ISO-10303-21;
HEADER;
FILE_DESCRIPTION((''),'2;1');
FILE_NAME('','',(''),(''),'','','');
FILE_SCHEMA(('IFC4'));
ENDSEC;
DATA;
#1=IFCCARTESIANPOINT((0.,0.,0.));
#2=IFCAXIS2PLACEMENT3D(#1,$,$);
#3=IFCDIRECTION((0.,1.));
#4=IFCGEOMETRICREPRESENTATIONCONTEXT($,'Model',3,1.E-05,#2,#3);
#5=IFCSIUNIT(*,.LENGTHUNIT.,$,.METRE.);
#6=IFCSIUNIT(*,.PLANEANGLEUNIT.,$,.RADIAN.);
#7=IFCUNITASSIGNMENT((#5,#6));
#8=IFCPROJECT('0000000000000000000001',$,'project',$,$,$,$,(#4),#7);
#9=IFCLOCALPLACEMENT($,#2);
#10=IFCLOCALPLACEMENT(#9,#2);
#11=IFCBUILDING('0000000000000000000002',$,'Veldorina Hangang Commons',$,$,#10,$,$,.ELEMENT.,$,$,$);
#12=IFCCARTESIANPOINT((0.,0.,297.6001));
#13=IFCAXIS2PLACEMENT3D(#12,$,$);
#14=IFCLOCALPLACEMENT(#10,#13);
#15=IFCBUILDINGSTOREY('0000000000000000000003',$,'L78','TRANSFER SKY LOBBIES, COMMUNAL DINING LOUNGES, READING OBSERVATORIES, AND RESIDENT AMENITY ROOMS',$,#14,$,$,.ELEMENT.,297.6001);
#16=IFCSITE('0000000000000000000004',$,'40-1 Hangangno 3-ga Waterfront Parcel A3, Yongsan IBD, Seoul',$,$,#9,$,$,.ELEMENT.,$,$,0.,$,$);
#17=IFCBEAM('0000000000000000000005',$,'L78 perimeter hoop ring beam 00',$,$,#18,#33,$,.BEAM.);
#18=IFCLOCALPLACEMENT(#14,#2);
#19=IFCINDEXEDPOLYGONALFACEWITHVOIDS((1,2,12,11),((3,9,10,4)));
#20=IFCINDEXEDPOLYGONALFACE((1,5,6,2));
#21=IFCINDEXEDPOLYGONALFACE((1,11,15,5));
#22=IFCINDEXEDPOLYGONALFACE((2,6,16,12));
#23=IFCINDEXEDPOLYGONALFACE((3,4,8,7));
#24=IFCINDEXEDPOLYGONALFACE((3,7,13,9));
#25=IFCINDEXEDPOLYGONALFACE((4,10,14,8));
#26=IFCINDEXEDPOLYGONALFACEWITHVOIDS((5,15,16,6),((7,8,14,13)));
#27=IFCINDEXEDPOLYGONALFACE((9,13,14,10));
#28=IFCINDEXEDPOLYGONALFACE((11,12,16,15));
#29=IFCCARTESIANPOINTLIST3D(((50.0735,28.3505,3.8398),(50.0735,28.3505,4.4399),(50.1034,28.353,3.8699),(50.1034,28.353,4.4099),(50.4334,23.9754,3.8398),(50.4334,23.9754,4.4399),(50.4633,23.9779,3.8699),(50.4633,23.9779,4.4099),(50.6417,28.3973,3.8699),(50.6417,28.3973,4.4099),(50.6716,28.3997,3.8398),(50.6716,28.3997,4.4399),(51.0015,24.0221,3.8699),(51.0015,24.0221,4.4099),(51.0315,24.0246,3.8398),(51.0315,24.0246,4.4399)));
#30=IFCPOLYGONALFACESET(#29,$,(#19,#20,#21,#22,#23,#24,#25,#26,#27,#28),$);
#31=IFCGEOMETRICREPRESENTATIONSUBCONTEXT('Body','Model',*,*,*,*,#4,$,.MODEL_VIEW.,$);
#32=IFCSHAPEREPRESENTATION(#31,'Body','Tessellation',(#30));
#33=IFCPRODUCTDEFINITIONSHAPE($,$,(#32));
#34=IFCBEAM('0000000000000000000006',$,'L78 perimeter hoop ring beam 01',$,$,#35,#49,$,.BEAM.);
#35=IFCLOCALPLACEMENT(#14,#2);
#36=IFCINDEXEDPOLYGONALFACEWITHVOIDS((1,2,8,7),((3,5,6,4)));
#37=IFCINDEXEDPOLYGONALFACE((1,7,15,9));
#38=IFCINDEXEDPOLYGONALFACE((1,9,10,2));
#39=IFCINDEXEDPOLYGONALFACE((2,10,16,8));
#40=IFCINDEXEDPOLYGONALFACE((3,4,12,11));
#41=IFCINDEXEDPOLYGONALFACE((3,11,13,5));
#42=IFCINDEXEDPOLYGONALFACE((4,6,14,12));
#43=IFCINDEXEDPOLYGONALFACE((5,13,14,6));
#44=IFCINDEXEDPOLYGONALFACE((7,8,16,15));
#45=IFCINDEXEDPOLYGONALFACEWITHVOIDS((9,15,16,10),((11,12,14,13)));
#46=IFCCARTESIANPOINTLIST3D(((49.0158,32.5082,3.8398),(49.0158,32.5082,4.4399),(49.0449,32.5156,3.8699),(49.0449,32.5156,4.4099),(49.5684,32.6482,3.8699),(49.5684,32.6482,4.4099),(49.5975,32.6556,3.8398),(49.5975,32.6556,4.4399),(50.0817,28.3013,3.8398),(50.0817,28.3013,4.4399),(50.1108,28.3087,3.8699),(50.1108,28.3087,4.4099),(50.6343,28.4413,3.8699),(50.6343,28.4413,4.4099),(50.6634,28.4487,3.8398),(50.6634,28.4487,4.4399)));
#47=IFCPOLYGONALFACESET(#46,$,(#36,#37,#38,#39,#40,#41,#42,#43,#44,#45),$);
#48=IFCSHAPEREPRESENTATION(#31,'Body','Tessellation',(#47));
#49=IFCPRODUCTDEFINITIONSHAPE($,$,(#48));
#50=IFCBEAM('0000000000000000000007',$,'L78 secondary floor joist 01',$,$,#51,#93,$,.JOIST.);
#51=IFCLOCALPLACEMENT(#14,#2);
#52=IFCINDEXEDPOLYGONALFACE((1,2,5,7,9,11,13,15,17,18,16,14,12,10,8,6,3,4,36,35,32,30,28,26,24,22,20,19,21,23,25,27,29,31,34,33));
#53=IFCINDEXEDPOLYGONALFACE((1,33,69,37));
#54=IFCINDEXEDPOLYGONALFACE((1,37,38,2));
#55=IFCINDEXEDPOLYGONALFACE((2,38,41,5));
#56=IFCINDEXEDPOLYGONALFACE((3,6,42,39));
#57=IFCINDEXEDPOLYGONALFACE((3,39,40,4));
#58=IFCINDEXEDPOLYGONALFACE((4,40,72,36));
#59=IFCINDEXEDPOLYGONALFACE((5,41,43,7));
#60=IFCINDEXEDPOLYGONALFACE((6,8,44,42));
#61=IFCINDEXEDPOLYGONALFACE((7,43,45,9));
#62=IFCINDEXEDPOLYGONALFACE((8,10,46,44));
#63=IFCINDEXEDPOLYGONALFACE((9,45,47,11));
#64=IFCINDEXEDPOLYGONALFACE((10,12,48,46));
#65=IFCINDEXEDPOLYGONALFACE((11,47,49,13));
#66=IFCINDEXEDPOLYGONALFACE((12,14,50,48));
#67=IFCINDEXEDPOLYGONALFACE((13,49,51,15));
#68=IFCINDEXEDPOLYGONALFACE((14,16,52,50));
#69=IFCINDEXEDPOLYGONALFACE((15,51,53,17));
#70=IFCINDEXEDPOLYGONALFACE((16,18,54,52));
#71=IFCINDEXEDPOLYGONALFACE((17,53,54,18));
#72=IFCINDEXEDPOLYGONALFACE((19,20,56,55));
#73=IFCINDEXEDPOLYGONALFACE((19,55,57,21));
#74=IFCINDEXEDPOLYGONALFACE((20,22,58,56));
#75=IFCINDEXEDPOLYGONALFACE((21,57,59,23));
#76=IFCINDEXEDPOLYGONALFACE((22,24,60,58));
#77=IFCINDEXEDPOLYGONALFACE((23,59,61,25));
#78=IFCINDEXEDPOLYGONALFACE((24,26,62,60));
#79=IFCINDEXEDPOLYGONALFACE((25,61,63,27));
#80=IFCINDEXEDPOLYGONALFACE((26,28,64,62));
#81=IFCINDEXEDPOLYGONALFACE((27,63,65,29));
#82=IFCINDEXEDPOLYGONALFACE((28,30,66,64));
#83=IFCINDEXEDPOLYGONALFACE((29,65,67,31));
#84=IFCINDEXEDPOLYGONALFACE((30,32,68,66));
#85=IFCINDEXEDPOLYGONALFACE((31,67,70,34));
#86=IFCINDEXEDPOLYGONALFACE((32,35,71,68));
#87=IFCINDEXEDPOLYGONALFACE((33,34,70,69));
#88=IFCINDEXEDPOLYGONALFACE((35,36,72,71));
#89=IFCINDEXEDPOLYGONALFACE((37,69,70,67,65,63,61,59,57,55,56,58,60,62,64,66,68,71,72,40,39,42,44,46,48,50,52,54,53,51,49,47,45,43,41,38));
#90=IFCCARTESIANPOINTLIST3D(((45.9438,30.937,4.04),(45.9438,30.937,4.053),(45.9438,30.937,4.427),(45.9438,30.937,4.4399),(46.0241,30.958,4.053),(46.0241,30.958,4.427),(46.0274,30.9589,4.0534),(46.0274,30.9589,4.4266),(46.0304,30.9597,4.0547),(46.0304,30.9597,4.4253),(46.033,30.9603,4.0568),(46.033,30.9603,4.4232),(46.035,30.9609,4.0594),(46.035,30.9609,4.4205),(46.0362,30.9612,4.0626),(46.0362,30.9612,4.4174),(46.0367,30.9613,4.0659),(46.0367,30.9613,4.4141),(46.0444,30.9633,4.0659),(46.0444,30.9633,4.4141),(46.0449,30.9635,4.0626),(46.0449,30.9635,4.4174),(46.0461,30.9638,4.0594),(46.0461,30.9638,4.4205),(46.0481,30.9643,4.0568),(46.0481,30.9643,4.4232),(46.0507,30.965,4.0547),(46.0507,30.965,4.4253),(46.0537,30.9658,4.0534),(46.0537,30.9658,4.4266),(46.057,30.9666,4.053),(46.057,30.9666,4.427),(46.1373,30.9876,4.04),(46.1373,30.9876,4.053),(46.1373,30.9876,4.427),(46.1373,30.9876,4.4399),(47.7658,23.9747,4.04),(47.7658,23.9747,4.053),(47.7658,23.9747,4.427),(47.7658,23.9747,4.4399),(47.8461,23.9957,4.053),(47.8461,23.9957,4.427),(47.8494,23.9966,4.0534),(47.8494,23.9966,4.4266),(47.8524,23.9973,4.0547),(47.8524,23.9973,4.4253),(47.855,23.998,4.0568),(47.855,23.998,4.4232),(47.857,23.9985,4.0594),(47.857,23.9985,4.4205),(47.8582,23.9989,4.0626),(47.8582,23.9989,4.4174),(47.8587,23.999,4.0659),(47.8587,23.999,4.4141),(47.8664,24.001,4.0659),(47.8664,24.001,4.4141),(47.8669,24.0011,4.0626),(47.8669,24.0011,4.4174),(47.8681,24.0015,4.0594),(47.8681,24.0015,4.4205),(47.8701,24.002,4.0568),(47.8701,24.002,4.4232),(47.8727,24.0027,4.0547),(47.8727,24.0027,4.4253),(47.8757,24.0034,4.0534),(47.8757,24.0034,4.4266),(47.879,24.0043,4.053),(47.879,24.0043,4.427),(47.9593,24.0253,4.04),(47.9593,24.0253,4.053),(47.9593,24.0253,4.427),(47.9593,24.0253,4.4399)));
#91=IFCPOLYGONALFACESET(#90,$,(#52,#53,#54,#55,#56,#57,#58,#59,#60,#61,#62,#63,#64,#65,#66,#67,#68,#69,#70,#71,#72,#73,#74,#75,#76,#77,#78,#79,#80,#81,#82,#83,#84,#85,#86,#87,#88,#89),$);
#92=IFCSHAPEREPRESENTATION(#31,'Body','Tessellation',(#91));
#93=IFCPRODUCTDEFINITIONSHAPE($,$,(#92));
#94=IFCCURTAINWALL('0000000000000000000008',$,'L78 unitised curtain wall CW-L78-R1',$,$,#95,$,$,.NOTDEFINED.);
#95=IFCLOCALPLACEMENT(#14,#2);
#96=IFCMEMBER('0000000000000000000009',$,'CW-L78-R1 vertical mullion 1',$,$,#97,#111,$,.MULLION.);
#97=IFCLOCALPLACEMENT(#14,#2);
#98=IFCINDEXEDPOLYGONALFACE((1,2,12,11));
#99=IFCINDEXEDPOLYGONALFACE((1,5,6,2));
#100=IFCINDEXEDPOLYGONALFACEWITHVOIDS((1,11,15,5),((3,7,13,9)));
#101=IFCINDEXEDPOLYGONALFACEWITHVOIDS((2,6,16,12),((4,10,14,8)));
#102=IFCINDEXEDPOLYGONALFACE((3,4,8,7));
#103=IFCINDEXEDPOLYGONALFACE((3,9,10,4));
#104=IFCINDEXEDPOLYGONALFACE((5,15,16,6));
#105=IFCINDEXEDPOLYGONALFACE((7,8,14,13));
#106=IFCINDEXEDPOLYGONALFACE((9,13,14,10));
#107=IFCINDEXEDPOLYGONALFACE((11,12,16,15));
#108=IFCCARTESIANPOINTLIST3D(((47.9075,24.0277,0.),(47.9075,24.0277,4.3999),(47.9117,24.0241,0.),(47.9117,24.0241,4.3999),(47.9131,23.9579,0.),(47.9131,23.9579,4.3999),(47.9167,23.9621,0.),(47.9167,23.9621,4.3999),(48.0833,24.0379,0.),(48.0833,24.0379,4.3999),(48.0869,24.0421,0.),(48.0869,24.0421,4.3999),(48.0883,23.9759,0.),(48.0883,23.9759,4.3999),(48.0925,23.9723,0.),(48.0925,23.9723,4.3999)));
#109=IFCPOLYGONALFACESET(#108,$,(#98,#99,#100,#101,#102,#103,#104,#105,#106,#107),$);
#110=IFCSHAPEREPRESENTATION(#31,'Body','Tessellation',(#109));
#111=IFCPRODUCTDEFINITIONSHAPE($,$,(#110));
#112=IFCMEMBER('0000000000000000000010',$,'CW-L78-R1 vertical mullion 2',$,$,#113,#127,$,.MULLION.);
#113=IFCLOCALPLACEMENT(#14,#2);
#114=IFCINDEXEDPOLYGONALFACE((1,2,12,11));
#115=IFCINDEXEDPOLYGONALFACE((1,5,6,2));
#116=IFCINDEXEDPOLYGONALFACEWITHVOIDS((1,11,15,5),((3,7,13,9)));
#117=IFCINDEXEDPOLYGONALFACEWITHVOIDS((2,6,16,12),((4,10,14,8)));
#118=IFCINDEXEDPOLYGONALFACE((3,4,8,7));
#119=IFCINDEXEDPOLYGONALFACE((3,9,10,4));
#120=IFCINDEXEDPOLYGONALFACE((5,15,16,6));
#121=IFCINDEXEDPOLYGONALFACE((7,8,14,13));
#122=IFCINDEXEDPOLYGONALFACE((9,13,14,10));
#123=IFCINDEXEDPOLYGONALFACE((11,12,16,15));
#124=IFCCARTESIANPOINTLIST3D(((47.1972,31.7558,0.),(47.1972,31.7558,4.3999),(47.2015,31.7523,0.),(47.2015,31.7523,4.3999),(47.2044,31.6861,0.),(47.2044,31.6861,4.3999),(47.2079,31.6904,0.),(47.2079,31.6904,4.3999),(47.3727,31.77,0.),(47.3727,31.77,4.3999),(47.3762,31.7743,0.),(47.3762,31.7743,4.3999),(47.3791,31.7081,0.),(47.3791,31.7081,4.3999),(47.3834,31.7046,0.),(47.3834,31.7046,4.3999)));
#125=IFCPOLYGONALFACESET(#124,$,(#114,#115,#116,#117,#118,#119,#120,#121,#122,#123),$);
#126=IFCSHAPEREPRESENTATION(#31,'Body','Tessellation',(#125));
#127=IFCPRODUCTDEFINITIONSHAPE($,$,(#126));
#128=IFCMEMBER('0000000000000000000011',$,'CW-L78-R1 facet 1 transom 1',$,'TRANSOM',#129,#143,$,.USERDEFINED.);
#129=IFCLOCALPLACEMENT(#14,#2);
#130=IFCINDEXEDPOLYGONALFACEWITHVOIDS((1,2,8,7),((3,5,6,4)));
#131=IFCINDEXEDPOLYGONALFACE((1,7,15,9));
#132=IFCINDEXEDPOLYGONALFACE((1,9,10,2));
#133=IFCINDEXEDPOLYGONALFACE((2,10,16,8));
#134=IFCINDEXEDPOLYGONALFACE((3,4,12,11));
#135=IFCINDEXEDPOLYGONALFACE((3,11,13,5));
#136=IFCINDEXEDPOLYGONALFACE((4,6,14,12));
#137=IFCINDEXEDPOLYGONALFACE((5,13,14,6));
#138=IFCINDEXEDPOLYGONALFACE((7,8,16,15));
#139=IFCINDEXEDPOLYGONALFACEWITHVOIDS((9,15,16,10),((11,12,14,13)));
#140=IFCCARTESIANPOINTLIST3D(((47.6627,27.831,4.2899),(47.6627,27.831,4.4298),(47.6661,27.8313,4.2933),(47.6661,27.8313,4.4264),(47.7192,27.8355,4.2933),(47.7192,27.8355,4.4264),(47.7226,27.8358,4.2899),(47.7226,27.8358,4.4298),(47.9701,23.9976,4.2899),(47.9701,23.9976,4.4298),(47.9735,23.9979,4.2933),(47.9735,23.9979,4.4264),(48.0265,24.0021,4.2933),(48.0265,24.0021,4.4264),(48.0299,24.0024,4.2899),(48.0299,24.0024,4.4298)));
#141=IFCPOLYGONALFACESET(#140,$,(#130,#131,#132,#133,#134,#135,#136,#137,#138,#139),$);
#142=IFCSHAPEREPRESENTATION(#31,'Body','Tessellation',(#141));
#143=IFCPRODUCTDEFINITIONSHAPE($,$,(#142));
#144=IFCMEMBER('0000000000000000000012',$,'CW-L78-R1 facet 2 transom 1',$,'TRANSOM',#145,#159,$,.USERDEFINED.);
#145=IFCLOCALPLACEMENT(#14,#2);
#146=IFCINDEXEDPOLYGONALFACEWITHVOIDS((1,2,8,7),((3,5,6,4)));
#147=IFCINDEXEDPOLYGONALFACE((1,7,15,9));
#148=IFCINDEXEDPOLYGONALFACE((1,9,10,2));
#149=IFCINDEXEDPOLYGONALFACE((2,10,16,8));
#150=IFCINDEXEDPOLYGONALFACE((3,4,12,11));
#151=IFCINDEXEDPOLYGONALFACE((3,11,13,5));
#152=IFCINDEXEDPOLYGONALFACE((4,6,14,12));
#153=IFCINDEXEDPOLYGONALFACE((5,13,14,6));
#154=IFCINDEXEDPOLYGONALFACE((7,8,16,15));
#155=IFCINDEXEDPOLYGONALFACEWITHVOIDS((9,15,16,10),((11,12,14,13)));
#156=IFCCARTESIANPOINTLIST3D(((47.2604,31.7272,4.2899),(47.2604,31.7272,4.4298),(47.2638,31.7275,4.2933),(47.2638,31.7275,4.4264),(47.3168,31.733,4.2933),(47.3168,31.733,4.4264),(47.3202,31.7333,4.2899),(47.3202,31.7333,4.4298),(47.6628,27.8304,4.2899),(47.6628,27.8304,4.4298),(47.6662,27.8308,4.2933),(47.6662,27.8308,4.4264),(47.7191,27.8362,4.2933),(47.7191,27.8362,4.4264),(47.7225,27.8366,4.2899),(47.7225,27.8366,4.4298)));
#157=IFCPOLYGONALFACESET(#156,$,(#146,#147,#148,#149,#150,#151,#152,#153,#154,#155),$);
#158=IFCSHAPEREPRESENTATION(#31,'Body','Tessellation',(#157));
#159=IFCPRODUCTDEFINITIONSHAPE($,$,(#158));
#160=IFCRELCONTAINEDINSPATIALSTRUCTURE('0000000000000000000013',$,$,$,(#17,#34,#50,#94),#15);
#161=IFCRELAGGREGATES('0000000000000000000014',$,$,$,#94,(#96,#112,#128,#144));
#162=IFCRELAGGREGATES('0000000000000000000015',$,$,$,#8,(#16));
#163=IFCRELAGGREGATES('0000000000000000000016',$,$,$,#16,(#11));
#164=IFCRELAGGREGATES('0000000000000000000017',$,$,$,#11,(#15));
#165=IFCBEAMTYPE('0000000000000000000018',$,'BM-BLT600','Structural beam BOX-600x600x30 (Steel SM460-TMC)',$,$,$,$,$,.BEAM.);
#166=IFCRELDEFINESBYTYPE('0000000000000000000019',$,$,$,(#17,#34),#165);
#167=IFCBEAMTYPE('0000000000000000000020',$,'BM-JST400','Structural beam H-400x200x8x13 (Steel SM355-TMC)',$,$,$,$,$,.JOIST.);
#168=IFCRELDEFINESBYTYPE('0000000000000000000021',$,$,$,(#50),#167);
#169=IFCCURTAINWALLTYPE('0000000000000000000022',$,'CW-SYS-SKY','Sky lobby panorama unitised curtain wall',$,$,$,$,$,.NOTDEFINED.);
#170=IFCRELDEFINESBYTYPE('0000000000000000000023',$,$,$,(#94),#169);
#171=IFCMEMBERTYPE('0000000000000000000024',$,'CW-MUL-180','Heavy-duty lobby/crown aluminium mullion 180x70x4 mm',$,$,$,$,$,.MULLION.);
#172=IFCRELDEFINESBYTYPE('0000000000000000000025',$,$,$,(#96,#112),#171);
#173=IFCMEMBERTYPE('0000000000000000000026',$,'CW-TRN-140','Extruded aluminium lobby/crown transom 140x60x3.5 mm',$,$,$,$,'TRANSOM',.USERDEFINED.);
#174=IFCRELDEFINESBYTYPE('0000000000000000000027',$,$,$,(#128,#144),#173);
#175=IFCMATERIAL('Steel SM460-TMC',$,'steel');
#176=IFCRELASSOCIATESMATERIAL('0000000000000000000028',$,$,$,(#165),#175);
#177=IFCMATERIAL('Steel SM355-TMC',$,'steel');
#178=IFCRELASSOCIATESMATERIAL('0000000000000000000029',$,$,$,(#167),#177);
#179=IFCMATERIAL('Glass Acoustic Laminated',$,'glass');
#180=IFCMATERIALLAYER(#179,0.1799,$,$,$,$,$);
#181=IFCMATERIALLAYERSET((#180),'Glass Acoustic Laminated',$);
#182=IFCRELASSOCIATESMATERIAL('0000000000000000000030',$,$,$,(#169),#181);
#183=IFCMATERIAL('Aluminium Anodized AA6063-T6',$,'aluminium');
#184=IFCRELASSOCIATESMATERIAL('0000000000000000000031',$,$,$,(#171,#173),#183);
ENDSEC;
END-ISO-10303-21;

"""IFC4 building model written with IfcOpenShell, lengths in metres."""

from ifc_helpers import new_model, si_unit, direction, frame, origin, origin_2d, place, context, subcontext, project, spatial, hollow_rectangle, i_section, extrude, material, layer, layer_set, material_profile, profile_set, type_object, element, aggregate, save


model = new_model("IFC4")

# Units and contexts
model_context = context("Model", 3, precision=1e-05, world=origin(), true_north=direction((0.0, 1.0)))
body_context = subcontext(model_context, "Body", "Model", "MODEL_VIEW")
ifc_project = project(units=[si_unit("LENGTHUNIT", "METRE"), si_unit("PLANEANGLEUNIT", "RADIAN")], contexts=[model_context])

# Site, building, storey
site_placement = place(None, origin())
site = spatial("IfcSite", under=ifc_project, at=site_placement, Name="40-1 Hangangno 3-ga Waterfront Parcel A3, Yongsan IBD, Seoul", CompositionType="ELEMENT", RefElevation=0.0)
building_placement = place(site_placement, origin())
building = spatial("IfcBuilding", under=site, at=building_placement, Name="Veldorina Hangang Commons", CompositionType="ELEMENT")
storey_placement = place(building_placement, frame((0.0, 0.0, 297.6001)))
storey = spatial("IfcBuildingStorey", under=building, at=storey_placement, Name="L78", Description="TRANSFER SKY LOBBIES, COMMUNAL DINING LOUNGES, READING OBSERVATORIES, AND RESIDENT AMENITY ROOMS", CompositionType="ELEMENT", Elevation=297.6001)

# Beams
ifc_material_1 = material(Name="Steel SM460-TMC", Category="steel")
ifc_material_profile_1 = material_profile(ifc_material_1, hollow_rectangle(XDim=0.6001, YDim=0.6001, WallThickness=0.03, at=origin_2d()), Name="BOX-600x600x30")
ifc_profile_set_1 = profile_set([ifc_material_profile_1], Name="Steel SM460-TMC")
beam_type_1 = type_object("IfcBeamType", Name="BM-BLT600", Description="Structural beam BOX-600x600x30 (Steel SM460-TMC)", PredefinedType="BEAM", material=ifc_profile_set_1)
beam_1_placement = place(storey_placement, frame((50.7324, 24.0, 4.1399), z_axis=(-0.081978, 0.996634, 0.0), x_axis=(-0.996634, -0.081978, 0.0)))
element("IfcBeam", 1, at=beam_1_placement, inside=storey, type_object=beam_type_1, Name="L78 perimeter hoop ring beam 00", PredefinedType="BEAM", context=body_context, shape_type="SweptSolid", body=[
    extrude(hollow_rectangle(XDim=0.6001, YDim=0.6001, WallThickness=0.03, at=origin_2d()), origin(), (0.0, 0.0, 1.0), 4.3899),
])
beam_2_placement = place(storey_placement, frame((50.3726, 28.375, 4.1399), z_axis=(-0.245619, 0.969367, 0.0), x_axis=(-0.969367, -0.245619, 0.0)))
element("IfcBeam", 2, at=beam_2_placement, inside=storey, type_object=beam_type_1, Name="L78 perimeter hoop ring beam 01", PredefinedType="BEAM", context=body_context, shape_type="SweptSolid", body=[
    extrude(hollow_rectangle(XDim=0.6001, YDim=0.6001, WallThickness=0.03, at=origin_2d()), origin(), (0.0, 0.0, 1.0), 4.3398),
])
ifc_material_2 = material(Name="Steel SM355-TMC", Category="steel")
ifc_material_profile_2 = material_profile(ifc_material_2, i_section(OverallWidth=0.2, OverallDepth=0.3999, WebThickness=0.0081, FlangeThickness=0.0129, FilletRadius=0.0129, at=origin_2d()), Name="H-400x200x8x13")
ifc_profile_set_2 = profile_set([ifc_material_profile_2], Name="Steel SM355-TMC")
beam_type_2 = type_object("IfcBeamType", Name="BM-JST400", Description="Structural beam H-400x200x8x13 (Steel SM355-TMC)", PredefinedType="JOIST", material=ifc_profile_set_2)
beam_3_placement = place(storey_placement, frame((47.8625, 24.0, 4.24), z_axis=(-0.253169, 0.967422, 0.0), x_axis=(-0.967422, -0.253169, 0.0)))
element("IfcBeam", 3, at=beam_3_placement, inside=storey, type_object=beam_type_2, Name="L78 secondary floor joist 01", PredefinedType="JOIST", context=body_context, shape_type="SweptSolid", body=[
    extrude(i_section(OverallWidth=0.2, OverallDepth=0.3999, WebThickness=0.0081, FlangeThickness=0.0129, FilletRadius=0.0129, at=origin_2d()), origin(), (0.0, 0.0, 1.0), 7.1968),
])

# Curtain wall, members
ifc_material_3 = material(Name="Glass Acoustic Laminated", Category="glass")
ifc_layer_1 = layer(ifc_material_3, 0.1799)
ifc_layer_set_1 = layer_set([ifc_layer_1], Name="Glass Acoustic Laminated")
curtain_wall_type = type_object("IfcCurtainWallType", Name="CW-SYS-SKY", Description="Sky lobby panorama unitised curtain wall", PredefinedType="NOTDEFINED", material=ifc_layer_set_1)
curtain_wall_placement = place(storey_placement, origin())
curtain_wall = element("IfcCurtainWall", 4, at=curtain_wall_placement, inside=storey, type_object=curtain_wall_type, Name="L78 unitised curtain wall CW-L78-R1", PredefinedType="NOTDEFINED")
ifc_material_4 = material(Name="Aluminium Anodized AA6063-T6", Category="aluminium")
ifc_material_profile_3 = material_profile(ifc_material_4, hollow_rectangle(XDim=0.0701, YDim=0.1799, WallThickness=0.0039, at=origin_2d()), Name="ALU-RHS-180x70x4")
ifc_profile_set_3 = profile_set([ifc_material_profile_3], Name="Aluminium Anodized AA6063-T6")
member_type_1 = type_object("IfcMemberType", Name="CW-MUL-180", Description="Heavy-duty lobby/crown aluminium mullion 180x70x4 mm", PredefinedType="MULLION", material=ifc_profile_set_3)
member_1_placement = place(storey_placement, frame((48.0, 24.0, 0.0), z_axis=(0.0, 0.0, 1.0), x_axis=(-0.079938, 0.9968, 0.0)))
member_1 = element("IfcMember", 5, at=member_1_placement, type_object=member_type_1, Name="CW-L78-R1 vertical mullion 1", PredefinedType="MULLION", context=body_context, shape_type="SweptSolid", body=[
    extrude(hollow_rectangle(XDim=0.0701, YDim=0.1799, WallThickness=0.0039, at=origin_2d()), origin(), (0.0, 0.0, 1.0), 4.3999),
])
member_2_placement = place(storey_placement, frame((47.2903, 31.7302, 0.0), z_axis=(0.0, 0.0, 1.0), x_axis=(0.102723, -0.99471, 0.0)))
member_2 = element("IfcMember", 6, at=member_2_placement, type_object=member_type_1, Name="CW-L78-R1 vertical mullion 2", PredefinedType="MULLION", context=body_context, shape_type="SweptSolid", body=[
    extrude(hollow_rectangle(XDim=0.0701, YDim=0.1799, WallThickness=0.0039, at=origin_2d()), origin(), (0.0, 0.0, 1.0), 4.3999),
])
ifc_material_profile_4 = material_profile(ifc_material_4, hollow_rectangle(XDim=0.0601, YDim=0.1399, WallThickness=0.0034, at=origin_2d()), Name="ALU-RHS-140x60x3.5")
ifc_profile_set_4 = profile_set([ifc_material_profile_4], Name="Aluminium Anodized AA6063-T6")
member_type_2 = type_object("IfcMemberType", Name="CW-TRN-140", Description="Extruded aluminium lobby/crown transom 140x60x3.5 mm", ElementType="TRANSOM", PredefinedType="USERDEFINED", material=ifc_profile_set_4)
member_3_placement = place(storey_placement, frame((48.0, 24.0, 4.3599), z_axis=(-0.079924, 0.996801, 0.0), x_axis=(-0.996801, -0.079924, 0.0)))
member_3 = element("IfcMember", 7, at=member_3_placement, type_object=member_type_2, Name="CW-L78-R1 facet 1 transom 1", ObjectType="TRANSOM", PredefinedType="USERDEFINED", context=body_context, shape_type="SweptSolid", body=[
    extrude(hollow_rectangle(XDim=0.0601, YDim=0.1399, WallThickness=0.0034, at=origin_2d()), origin(), (0.0, 0.0, 1.0), 3.8457),
])
member_4_placement = place(storey_placement, frame((47.6926, 27.8335, 4.3599), z_axis=(-0.102706, 0.994712, 0.0), x_axis=(-0.994712, -0.102706, 0.0)))
member_4 = element("IfcMember", 8, at=member_4_placement, type_object=member_type_2, Name="CW-L78-R1 facet 2 transom 1", ObjectType="TRANSOM", PredefinedType="USERDEFINED", context=body_context, shape_type="SweptSolid", body=[
    extrude(hollow_rectangle(XDim=0.0601, YDim=0.1399, WallThickness=0.0034, at=origin_2d()), origin(), (0.0, 0.0, 1.0), 3.9175),
])

aggregate(curtain_wall, [member_1, member_2, member_3, member_4])

save(model, "model.ifc")
